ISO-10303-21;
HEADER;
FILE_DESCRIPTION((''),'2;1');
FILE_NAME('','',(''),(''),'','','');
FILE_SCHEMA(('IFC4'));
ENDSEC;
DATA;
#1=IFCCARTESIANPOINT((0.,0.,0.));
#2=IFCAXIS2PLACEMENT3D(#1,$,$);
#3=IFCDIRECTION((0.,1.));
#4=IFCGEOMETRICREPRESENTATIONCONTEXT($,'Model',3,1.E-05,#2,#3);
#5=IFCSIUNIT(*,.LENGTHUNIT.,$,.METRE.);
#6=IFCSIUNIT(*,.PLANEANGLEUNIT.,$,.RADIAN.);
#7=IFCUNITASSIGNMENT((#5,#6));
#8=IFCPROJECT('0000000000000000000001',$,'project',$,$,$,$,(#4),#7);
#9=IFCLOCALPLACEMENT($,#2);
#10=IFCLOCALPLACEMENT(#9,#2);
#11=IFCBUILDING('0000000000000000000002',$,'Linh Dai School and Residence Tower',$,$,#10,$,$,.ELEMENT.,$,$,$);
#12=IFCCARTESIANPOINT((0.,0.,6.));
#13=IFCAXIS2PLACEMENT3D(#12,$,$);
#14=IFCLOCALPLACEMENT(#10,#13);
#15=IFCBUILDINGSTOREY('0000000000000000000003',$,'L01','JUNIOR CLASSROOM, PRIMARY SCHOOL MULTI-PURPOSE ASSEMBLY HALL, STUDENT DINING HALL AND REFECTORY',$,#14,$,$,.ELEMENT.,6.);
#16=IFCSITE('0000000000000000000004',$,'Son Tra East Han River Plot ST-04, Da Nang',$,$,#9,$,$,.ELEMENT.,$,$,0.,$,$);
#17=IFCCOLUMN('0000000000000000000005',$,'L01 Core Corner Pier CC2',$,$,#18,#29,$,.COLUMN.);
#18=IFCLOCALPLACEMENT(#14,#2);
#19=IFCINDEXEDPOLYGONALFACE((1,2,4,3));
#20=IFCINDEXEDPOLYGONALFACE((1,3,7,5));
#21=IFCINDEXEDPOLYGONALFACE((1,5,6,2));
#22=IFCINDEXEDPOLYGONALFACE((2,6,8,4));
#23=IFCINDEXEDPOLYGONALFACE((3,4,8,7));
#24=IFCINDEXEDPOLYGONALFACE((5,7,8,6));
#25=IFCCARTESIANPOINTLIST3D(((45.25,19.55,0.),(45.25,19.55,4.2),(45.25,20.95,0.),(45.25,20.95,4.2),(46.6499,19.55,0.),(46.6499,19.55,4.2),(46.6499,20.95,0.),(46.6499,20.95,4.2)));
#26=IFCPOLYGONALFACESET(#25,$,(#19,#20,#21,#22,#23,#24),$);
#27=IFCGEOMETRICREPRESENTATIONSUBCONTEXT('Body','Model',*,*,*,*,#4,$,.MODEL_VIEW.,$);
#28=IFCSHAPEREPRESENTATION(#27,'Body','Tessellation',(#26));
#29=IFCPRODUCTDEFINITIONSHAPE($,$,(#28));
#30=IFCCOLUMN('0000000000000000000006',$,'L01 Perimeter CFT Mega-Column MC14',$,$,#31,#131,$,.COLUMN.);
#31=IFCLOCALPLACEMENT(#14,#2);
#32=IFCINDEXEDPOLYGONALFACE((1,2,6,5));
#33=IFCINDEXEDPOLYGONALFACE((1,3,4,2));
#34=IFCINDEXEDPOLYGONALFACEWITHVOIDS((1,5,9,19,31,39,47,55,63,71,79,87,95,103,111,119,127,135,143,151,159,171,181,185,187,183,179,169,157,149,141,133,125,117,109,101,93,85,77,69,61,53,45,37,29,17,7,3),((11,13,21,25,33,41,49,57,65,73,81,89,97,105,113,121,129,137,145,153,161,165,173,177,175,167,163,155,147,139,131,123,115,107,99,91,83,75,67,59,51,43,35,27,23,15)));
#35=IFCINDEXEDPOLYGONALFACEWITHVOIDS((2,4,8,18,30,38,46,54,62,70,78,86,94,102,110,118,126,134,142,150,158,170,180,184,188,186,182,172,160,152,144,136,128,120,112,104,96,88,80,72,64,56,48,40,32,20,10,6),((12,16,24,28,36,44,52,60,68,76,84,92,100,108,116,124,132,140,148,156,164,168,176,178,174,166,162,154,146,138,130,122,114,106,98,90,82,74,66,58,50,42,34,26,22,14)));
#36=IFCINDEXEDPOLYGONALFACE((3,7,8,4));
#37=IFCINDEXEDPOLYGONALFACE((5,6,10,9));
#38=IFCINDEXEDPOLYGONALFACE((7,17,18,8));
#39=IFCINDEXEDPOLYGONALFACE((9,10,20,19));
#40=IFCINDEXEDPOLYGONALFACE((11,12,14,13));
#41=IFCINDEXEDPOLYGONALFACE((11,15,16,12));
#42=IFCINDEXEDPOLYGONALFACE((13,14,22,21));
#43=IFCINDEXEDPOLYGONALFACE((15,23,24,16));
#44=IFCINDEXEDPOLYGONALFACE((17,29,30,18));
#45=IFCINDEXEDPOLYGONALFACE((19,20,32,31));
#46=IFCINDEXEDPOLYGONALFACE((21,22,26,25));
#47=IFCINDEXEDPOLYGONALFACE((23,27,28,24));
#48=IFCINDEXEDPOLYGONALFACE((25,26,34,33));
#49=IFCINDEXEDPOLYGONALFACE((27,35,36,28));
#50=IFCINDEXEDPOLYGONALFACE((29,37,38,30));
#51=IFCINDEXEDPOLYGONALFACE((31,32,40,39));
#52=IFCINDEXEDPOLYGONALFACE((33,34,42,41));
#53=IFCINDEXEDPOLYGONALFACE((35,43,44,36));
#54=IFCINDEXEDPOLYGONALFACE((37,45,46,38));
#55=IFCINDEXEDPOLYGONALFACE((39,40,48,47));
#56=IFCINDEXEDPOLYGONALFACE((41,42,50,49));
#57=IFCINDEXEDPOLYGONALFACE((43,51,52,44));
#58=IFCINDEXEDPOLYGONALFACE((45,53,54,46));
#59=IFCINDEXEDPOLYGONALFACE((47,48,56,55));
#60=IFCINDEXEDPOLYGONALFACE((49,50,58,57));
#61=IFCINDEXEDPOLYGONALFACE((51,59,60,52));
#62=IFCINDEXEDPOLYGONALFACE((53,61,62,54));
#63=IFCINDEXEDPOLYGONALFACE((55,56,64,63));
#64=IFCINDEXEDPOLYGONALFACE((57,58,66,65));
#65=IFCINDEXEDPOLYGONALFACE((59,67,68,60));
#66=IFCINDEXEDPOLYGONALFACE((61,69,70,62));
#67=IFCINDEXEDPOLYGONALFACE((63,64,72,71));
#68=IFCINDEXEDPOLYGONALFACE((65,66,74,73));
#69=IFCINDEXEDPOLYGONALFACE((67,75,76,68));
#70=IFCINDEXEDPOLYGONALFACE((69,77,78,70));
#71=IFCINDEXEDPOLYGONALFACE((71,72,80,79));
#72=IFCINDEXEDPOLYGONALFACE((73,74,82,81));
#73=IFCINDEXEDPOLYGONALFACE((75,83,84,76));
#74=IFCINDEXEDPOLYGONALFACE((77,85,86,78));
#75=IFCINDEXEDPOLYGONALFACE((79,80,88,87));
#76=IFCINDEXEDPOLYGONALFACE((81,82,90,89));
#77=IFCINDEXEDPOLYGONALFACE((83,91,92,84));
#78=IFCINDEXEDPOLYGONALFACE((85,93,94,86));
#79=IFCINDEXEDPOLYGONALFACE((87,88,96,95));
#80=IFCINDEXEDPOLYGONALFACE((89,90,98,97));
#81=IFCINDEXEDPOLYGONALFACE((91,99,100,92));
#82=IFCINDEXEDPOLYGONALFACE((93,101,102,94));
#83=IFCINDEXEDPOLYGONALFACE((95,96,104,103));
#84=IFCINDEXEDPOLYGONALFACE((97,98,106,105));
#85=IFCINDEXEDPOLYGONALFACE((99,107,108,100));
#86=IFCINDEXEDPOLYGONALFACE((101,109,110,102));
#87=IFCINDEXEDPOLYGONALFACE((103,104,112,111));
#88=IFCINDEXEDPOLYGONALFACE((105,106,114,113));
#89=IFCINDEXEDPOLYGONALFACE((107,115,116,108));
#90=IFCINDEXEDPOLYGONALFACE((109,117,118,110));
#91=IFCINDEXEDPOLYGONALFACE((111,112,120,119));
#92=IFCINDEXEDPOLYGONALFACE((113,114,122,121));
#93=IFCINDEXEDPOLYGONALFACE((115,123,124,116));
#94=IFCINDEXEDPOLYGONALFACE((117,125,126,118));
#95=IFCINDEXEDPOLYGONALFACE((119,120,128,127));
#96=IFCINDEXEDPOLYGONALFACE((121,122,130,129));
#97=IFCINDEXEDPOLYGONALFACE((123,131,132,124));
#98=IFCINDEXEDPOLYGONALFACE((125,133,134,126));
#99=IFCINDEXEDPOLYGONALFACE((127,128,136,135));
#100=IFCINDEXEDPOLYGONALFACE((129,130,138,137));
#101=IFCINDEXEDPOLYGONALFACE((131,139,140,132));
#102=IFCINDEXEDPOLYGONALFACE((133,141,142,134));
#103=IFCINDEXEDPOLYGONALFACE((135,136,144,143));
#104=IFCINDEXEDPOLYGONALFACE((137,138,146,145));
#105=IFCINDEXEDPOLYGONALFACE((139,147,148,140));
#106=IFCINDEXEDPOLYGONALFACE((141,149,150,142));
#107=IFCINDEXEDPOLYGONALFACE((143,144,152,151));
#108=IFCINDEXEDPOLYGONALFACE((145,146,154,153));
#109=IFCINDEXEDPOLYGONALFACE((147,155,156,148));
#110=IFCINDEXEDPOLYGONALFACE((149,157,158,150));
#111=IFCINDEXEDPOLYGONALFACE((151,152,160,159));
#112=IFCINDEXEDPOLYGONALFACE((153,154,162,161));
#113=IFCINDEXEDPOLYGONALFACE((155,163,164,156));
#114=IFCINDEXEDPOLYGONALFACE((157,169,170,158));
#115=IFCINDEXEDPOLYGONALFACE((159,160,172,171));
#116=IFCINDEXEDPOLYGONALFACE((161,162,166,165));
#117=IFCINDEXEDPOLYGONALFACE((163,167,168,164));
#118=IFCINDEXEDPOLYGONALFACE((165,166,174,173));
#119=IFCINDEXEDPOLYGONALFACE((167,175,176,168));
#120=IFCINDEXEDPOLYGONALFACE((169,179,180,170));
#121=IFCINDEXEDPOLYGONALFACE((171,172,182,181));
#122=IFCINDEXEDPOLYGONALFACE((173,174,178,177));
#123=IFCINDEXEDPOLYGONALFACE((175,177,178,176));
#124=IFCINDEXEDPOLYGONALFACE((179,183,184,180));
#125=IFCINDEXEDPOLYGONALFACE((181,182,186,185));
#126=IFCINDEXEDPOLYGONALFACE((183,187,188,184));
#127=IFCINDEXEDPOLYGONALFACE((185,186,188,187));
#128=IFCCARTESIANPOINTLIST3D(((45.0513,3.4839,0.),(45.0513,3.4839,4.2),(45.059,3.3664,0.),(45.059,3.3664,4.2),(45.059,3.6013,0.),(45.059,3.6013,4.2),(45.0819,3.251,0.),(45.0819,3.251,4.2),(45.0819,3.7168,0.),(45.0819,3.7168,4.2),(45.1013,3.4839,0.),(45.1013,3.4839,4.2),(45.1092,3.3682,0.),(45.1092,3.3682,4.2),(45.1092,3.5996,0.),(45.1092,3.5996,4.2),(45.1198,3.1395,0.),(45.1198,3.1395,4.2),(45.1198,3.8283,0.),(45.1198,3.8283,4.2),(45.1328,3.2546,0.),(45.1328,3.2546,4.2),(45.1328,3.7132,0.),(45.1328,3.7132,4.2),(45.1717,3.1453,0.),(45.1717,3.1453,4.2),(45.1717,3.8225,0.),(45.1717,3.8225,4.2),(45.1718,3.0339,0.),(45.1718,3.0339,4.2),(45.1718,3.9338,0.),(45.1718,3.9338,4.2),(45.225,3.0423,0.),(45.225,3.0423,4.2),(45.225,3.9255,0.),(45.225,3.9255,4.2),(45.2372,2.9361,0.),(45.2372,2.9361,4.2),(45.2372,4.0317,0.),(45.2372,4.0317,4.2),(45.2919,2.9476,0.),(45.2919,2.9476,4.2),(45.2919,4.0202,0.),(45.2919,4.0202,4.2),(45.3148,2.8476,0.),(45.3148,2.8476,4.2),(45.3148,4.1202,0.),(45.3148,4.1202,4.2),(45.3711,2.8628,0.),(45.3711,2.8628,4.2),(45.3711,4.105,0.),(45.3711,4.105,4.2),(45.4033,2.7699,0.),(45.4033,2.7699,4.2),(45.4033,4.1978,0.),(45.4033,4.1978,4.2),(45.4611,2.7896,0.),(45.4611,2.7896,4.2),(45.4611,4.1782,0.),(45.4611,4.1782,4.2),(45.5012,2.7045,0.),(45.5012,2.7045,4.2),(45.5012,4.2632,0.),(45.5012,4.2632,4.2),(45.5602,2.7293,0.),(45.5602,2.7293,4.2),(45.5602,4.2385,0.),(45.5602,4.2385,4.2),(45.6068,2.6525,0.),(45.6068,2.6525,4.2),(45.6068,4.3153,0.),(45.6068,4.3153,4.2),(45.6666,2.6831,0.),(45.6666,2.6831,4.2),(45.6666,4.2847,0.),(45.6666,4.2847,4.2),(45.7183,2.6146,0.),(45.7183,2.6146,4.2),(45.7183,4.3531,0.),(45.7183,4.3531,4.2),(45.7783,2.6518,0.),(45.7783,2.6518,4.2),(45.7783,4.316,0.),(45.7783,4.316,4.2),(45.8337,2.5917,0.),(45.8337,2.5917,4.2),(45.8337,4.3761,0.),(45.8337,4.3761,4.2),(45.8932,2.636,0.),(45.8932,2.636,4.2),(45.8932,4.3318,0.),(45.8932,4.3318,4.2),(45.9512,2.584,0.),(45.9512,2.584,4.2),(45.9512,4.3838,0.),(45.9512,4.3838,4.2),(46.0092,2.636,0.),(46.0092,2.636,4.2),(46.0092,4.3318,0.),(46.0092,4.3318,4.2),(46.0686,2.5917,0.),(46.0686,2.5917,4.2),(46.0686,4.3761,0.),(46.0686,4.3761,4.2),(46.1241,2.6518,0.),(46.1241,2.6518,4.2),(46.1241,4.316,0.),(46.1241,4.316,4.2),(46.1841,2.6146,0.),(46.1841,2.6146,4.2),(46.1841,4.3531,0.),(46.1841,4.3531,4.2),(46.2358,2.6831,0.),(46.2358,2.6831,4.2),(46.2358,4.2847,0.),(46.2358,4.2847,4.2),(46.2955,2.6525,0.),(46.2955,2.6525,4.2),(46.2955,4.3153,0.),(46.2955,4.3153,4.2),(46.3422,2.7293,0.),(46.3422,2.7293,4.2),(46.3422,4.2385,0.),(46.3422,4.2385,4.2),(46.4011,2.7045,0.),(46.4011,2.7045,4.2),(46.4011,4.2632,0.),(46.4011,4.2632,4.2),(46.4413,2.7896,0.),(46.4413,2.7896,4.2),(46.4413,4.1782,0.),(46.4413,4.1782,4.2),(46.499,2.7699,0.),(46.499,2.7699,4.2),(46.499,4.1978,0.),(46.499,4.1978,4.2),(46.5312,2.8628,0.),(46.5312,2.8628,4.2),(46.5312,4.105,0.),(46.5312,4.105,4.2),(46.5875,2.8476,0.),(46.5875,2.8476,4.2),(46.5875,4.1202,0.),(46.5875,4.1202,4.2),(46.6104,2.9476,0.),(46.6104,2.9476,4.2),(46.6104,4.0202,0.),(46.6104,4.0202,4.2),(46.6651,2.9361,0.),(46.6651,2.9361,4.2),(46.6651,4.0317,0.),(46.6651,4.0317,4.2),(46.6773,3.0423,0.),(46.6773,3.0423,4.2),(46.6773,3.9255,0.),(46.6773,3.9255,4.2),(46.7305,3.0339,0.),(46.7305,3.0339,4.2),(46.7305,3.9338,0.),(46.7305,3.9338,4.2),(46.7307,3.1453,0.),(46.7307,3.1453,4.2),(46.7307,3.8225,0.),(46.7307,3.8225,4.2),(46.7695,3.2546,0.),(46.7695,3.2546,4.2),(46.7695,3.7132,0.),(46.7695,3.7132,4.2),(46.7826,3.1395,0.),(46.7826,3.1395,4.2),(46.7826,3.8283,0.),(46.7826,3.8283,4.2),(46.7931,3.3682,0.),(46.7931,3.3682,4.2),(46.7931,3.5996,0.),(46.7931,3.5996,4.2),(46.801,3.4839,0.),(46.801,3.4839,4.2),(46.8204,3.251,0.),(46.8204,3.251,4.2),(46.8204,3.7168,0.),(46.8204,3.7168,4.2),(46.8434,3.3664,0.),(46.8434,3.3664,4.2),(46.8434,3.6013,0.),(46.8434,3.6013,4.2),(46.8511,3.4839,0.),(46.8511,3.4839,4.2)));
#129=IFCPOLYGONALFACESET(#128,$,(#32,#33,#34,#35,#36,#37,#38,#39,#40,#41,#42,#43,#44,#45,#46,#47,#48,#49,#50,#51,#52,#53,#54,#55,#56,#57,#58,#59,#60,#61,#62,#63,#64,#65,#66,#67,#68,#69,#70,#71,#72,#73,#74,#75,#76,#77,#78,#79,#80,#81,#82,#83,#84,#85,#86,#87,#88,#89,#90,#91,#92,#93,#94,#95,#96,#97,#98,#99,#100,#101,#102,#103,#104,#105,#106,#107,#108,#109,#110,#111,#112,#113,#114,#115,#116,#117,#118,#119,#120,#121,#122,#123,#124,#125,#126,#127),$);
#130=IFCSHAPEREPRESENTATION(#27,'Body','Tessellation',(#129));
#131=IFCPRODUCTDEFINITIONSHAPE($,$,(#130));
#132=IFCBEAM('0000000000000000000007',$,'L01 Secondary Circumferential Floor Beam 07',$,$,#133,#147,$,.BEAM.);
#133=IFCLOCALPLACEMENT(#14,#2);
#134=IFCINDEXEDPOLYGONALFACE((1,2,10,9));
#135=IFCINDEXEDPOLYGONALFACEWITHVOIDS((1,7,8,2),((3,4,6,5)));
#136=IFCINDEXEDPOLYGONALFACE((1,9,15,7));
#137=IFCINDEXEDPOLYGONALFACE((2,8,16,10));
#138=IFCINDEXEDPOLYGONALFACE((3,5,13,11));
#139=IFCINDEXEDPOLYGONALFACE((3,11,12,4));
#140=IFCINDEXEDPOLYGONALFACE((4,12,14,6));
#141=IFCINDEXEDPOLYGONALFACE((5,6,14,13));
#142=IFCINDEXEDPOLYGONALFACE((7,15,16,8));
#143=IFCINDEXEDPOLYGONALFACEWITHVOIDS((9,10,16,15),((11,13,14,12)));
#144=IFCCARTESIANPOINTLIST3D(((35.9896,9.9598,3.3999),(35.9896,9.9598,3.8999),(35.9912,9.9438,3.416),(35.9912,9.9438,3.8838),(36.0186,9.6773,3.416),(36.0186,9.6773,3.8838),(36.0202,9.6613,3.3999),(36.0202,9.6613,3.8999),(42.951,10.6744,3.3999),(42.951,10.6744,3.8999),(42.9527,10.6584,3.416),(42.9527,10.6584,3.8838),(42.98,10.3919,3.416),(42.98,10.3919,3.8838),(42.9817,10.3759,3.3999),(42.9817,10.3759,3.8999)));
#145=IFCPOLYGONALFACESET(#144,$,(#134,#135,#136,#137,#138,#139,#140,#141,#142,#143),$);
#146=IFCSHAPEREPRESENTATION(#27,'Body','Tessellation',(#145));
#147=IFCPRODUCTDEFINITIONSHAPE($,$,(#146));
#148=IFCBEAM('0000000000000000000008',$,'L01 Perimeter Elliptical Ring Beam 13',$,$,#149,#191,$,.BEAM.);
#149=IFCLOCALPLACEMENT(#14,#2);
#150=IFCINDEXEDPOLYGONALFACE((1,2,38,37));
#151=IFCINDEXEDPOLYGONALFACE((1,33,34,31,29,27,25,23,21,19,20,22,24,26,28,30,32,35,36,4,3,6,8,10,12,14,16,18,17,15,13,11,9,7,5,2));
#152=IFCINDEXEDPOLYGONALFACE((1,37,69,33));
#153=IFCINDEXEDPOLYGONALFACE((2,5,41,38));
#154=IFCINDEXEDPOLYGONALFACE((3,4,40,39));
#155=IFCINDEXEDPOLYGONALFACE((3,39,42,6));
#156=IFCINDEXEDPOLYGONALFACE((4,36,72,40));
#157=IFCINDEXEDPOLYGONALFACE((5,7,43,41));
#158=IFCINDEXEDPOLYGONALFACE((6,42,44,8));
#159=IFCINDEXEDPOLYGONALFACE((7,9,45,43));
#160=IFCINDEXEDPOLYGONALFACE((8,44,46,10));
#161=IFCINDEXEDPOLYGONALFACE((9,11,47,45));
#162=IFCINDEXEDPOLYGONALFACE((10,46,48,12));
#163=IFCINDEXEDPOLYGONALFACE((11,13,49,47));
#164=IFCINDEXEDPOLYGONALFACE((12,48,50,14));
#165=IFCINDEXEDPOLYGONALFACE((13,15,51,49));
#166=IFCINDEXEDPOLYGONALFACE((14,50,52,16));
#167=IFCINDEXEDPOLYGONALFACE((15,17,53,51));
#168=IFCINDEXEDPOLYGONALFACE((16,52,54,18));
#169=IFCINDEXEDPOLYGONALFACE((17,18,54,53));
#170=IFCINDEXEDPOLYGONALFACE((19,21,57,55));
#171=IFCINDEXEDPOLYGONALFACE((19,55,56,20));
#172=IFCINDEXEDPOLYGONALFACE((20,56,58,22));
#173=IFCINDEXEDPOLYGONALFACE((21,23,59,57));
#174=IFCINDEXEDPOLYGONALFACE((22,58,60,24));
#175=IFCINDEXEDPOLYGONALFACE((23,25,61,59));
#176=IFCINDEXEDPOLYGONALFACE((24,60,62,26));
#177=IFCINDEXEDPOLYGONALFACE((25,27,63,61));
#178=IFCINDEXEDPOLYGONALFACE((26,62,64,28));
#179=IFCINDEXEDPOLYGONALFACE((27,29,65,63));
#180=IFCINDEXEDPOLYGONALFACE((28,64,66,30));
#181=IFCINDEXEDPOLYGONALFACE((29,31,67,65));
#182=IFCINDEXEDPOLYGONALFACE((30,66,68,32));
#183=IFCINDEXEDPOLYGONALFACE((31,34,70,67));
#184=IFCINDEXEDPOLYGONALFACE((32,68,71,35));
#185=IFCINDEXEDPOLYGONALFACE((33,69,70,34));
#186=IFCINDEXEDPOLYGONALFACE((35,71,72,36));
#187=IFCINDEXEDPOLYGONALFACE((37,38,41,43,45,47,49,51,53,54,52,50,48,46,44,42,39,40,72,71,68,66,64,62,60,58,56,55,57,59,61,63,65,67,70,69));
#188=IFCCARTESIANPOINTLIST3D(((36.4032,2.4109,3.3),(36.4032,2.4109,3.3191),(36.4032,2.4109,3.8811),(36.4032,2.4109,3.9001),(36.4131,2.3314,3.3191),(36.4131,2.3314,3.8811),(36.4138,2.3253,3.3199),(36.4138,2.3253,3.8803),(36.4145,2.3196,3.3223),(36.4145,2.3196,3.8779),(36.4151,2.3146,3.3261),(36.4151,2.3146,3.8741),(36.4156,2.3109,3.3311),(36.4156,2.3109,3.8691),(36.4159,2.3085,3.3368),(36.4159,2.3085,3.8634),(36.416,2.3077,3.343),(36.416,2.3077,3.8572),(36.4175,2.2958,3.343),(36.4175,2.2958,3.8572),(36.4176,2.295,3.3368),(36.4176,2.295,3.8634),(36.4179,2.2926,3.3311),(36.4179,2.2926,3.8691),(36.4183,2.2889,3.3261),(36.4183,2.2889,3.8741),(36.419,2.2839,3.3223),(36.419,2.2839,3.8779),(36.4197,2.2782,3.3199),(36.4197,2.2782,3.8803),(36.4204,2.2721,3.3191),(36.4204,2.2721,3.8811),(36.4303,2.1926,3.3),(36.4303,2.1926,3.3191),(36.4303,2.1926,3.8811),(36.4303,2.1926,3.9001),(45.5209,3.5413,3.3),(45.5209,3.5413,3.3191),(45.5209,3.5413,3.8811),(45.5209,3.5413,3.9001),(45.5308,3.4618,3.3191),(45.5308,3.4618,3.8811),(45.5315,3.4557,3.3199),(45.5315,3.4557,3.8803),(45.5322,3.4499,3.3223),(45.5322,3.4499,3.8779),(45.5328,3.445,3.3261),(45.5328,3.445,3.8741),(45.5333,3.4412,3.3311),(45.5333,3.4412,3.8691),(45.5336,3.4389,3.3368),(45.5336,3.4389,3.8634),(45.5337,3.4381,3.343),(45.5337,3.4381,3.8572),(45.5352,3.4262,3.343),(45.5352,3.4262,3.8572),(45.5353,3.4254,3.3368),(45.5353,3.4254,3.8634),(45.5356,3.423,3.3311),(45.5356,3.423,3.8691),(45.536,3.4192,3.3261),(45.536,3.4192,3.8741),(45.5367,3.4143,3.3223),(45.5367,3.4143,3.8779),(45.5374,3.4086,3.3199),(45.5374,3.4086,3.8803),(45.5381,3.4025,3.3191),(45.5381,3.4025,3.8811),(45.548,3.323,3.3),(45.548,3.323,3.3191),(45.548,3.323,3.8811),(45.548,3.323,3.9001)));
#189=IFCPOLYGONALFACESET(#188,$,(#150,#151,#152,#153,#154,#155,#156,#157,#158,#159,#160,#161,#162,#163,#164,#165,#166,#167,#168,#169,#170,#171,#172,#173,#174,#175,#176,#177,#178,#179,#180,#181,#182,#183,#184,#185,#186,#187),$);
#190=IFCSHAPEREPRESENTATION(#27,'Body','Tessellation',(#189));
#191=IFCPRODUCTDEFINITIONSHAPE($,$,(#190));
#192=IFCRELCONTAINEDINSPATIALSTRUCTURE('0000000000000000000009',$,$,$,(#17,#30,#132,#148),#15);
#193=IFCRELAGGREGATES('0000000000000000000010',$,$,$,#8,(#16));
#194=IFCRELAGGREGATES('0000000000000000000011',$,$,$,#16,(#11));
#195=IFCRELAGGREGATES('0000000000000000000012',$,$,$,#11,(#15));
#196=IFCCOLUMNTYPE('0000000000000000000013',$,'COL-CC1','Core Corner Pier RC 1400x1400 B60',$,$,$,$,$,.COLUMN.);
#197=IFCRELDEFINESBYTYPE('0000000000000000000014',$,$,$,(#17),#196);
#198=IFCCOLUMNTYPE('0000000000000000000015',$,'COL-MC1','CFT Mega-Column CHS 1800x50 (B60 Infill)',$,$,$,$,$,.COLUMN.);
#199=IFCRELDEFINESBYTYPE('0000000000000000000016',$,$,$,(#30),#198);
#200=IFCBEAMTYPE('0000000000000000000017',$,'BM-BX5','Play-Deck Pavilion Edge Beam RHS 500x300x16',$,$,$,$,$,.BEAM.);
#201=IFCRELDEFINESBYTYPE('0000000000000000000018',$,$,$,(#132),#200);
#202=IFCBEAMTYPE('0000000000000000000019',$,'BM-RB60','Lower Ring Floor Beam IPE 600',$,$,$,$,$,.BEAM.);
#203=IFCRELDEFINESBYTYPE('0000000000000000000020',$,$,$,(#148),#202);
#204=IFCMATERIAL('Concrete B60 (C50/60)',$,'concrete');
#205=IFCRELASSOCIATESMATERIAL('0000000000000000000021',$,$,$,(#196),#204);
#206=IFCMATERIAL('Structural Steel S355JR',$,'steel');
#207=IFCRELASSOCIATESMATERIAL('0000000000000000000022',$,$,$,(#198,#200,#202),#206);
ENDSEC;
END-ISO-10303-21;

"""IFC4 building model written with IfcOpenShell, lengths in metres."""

from ifc_helpers import new_model, si_unit, direction, frame, origin, origin_2d, place, context, subcontext, project, spatial, rectangle, hollow_rectangle, hollow_circle, i_section, extrude, material, material_profile, profile_set, type_object, element, save


model = new_model("IFC4")

# Units and contexts
model_context = context("Model", 3, precision=1e-05, world=origin(), true_north=direction((0.0, 1.0)))
body_context = subcontext(model_context, "Body", "Model", "MODEL_VIEW")
ifc_project = project(units=[si_unit("LENGTHUNIT", "METRE"), si_unit("PLANEANGLEUNIT", "RADIAN")], contexts=[model_context])

# Site, building, storey
site_placement = place(None, origin())
site = spatial("IfcSite", under=ifc_project, at=site_placement, Name="Son Tra East Han River Plot ST-04, Da Nang", CompositionType="ELEMENT", RefElevation=0.0)
building_placement = place(site_placement, origin())
building = spatial("IfcBuilding", under=site, at=building_placement, Name="Linh Dai School and Residence Tower", CompositionType="ELEMENT")
storey_placement = place(building_placement, frame((0.0, 0.0, 6.0)))
storey = spatial("IfcBuildingStorey", under=building, at=storey_placement, Name="L01", Description="JUNIOR CLASSROOM, PRIMARY SCHOOL MULTI-PURPOSE ASSEMBLY HALL, STUDENT DINING HALL AND REFECTORY", CompositionType="ELEMENT", Elevation=6.0)

# Columns
ifc_material_1 = material(Name="Concrete B60 (C50/60)", Category="concrete")
ifc_material_profile_1 = material_profile(ifc_material_1, rectangle(XDim=1.3999, YDim=1.3999, at=origin_2d()), Name="RC 1400x1400")
ifc_profile_set_1 = profile_set([ifc_material_profile_1], Name="Concrete B60 (C50/60)")
column_type_1 = type_object("IfcColumnType", Name="COL-CC1", Description="Core Corner Pier RC 1400x1400 B60", PredefinedType="COLUMN", material=ifc_profile_set_1)
column_1_placement = place(storey_placement, frame((45.95, 20.25, 0.0), z_axis=(0.0, 0.0, 1.0), x_axis=(1.0, 0.0, 0.0)))
element("IfcColumn", 1, at=column_1_placement, inside=storey, type_object=column_type_1, Name="L01 Core Corner Pier CC2", PredefinedType="COLUMN", context=body_context, shape_type="SweptSolid", body=[
    extrude(rectangle(XDim=1.3999, YDim=1.3999, at=origin_2d()), origin(), (0.0, 0.0, 1.0), 4.2),
])
ifc_material_2 = material(Name="Structural Steel S355JR", Category="steel")
ifc_material_profile_2 = material_profile(ifc_material_2, hollow_circle(Radius=0.8999, WallThickness=0.05, at=origin_2d()), Name="CHS 1800x50")
ifc_profile_set_2 = profile_set([ifc_material_profile_2], Name="Structural Steel S355JR")
column_type_2 = type_object("IfcColumnType", Name="COL-MC1", Description="CFT Mega-Column CHS 1800x50 (B60 Infill)", PredefinedType="COLUMN", material=ifc_profile_set_2)
column_2_placement = place(storey_placement, frame((45.9512, 3.4839, 0.0), z_axis=(0.0, 0.0, 1.0), x_axis=(1.0, 0.0, 0.0)))
element("IfcColumn", 2, at=column_2_placement, inside=storey, type_object=column_type_2, Name="L01 Perimeter CFT Mega-Column MC14", PredefinedType="COLUMN", context=body_context, shape_type="SweptSolid", body=[
    extrude(hollow_circle(Radius=0.8999, WallThickness=0.05, at=origin_2d()), origin(), (0.0, 0.0, 1.0), 4.2),
])

# Beams
ifc_material_profile_3 = material_profile(ifc_material_2, hollow_rectangle(XDim=0.3, YDim=0.5, WallThickness=0.0161, at=origin_2d()), Name="RHS 500x300x16")
ifc_profile_set_3 = profile_set([ifc_material_profile_3], Name="Structural Steel S355JR")
beam_type_1 = type_object("IfcBeamType", Name="BM-BX5", Description="Play-Deck Pavilion Edge Beam RHS 500x300x16", PredefinedType="BEAM", material=ifc_profile_set_3)
beam_1_placement = place(storey_placement, frame((36.0049, 9.8105, 3.6499), z_axis=(0.994773, 0.102115, 0.0), x_axis=(-0.102115, 0.994773, 0.0)))
element("IfcBeam", 3, at=beam_1_placement, inside=storey, type_object=beam_type_1, Name="L01 Secondary Circumferential Floor Beam 07", PredefinedType="BEAM", context=body_context, shape_type="SweptSolid", body=[
    extrude(hollow_rectangle(XDim=0.3, YDim=0.5, WallThickness=0.0161, at=origin_2d()), origin(), (0.0, 0.0, 1.0), 6.998),
])
ifc_material_profile_4 = material_profile(ifc_material_2, i_section(OverallWidth=0.22, OverallDepth=0.6001, WebThickness=0.012, FlangeThickness=0.019, FilletRadius=0.0239, at=origin_2d()), Name="IPE 600")
ifc_profile_set_4 = profile_set([ifc_material_profile_4], Name="Structural Steel S355JR")
beam_type_2 = type_object("IfcBeamType", Name="BM-RB60", Description="Lower Ring Floor Beam IPE 600", PredefinedType="BEAM", material=ifc_profile_set_4)
beam_2_placement = place(storey_placement, frame((36.4167, 2.3018, 3.6001), z_axis=(0.992402, 0.123034, 0.0), x_axis=(-0.123034, 0.992402, 0.0)))
element("IfcBeam", 4, at=beam_2_placement, inside=storey, type_object=beam_type_2, Name="L01 Perimeter Elliptical Ring Beam 13", PredefinedType="BEAM", context=body_context, shape_type="SweptSolid", body=[
    extrude(i_section(OverallWidth=0.22, OverallDepth=0.6001, WebThickness=0.012, FlangeThickness=0.019, FilletRadius=0.0239, at=origin_2d()), origin(), (0.0, 0.0, 1.0), 9.1875),
])

save(model, "model.ifc")
